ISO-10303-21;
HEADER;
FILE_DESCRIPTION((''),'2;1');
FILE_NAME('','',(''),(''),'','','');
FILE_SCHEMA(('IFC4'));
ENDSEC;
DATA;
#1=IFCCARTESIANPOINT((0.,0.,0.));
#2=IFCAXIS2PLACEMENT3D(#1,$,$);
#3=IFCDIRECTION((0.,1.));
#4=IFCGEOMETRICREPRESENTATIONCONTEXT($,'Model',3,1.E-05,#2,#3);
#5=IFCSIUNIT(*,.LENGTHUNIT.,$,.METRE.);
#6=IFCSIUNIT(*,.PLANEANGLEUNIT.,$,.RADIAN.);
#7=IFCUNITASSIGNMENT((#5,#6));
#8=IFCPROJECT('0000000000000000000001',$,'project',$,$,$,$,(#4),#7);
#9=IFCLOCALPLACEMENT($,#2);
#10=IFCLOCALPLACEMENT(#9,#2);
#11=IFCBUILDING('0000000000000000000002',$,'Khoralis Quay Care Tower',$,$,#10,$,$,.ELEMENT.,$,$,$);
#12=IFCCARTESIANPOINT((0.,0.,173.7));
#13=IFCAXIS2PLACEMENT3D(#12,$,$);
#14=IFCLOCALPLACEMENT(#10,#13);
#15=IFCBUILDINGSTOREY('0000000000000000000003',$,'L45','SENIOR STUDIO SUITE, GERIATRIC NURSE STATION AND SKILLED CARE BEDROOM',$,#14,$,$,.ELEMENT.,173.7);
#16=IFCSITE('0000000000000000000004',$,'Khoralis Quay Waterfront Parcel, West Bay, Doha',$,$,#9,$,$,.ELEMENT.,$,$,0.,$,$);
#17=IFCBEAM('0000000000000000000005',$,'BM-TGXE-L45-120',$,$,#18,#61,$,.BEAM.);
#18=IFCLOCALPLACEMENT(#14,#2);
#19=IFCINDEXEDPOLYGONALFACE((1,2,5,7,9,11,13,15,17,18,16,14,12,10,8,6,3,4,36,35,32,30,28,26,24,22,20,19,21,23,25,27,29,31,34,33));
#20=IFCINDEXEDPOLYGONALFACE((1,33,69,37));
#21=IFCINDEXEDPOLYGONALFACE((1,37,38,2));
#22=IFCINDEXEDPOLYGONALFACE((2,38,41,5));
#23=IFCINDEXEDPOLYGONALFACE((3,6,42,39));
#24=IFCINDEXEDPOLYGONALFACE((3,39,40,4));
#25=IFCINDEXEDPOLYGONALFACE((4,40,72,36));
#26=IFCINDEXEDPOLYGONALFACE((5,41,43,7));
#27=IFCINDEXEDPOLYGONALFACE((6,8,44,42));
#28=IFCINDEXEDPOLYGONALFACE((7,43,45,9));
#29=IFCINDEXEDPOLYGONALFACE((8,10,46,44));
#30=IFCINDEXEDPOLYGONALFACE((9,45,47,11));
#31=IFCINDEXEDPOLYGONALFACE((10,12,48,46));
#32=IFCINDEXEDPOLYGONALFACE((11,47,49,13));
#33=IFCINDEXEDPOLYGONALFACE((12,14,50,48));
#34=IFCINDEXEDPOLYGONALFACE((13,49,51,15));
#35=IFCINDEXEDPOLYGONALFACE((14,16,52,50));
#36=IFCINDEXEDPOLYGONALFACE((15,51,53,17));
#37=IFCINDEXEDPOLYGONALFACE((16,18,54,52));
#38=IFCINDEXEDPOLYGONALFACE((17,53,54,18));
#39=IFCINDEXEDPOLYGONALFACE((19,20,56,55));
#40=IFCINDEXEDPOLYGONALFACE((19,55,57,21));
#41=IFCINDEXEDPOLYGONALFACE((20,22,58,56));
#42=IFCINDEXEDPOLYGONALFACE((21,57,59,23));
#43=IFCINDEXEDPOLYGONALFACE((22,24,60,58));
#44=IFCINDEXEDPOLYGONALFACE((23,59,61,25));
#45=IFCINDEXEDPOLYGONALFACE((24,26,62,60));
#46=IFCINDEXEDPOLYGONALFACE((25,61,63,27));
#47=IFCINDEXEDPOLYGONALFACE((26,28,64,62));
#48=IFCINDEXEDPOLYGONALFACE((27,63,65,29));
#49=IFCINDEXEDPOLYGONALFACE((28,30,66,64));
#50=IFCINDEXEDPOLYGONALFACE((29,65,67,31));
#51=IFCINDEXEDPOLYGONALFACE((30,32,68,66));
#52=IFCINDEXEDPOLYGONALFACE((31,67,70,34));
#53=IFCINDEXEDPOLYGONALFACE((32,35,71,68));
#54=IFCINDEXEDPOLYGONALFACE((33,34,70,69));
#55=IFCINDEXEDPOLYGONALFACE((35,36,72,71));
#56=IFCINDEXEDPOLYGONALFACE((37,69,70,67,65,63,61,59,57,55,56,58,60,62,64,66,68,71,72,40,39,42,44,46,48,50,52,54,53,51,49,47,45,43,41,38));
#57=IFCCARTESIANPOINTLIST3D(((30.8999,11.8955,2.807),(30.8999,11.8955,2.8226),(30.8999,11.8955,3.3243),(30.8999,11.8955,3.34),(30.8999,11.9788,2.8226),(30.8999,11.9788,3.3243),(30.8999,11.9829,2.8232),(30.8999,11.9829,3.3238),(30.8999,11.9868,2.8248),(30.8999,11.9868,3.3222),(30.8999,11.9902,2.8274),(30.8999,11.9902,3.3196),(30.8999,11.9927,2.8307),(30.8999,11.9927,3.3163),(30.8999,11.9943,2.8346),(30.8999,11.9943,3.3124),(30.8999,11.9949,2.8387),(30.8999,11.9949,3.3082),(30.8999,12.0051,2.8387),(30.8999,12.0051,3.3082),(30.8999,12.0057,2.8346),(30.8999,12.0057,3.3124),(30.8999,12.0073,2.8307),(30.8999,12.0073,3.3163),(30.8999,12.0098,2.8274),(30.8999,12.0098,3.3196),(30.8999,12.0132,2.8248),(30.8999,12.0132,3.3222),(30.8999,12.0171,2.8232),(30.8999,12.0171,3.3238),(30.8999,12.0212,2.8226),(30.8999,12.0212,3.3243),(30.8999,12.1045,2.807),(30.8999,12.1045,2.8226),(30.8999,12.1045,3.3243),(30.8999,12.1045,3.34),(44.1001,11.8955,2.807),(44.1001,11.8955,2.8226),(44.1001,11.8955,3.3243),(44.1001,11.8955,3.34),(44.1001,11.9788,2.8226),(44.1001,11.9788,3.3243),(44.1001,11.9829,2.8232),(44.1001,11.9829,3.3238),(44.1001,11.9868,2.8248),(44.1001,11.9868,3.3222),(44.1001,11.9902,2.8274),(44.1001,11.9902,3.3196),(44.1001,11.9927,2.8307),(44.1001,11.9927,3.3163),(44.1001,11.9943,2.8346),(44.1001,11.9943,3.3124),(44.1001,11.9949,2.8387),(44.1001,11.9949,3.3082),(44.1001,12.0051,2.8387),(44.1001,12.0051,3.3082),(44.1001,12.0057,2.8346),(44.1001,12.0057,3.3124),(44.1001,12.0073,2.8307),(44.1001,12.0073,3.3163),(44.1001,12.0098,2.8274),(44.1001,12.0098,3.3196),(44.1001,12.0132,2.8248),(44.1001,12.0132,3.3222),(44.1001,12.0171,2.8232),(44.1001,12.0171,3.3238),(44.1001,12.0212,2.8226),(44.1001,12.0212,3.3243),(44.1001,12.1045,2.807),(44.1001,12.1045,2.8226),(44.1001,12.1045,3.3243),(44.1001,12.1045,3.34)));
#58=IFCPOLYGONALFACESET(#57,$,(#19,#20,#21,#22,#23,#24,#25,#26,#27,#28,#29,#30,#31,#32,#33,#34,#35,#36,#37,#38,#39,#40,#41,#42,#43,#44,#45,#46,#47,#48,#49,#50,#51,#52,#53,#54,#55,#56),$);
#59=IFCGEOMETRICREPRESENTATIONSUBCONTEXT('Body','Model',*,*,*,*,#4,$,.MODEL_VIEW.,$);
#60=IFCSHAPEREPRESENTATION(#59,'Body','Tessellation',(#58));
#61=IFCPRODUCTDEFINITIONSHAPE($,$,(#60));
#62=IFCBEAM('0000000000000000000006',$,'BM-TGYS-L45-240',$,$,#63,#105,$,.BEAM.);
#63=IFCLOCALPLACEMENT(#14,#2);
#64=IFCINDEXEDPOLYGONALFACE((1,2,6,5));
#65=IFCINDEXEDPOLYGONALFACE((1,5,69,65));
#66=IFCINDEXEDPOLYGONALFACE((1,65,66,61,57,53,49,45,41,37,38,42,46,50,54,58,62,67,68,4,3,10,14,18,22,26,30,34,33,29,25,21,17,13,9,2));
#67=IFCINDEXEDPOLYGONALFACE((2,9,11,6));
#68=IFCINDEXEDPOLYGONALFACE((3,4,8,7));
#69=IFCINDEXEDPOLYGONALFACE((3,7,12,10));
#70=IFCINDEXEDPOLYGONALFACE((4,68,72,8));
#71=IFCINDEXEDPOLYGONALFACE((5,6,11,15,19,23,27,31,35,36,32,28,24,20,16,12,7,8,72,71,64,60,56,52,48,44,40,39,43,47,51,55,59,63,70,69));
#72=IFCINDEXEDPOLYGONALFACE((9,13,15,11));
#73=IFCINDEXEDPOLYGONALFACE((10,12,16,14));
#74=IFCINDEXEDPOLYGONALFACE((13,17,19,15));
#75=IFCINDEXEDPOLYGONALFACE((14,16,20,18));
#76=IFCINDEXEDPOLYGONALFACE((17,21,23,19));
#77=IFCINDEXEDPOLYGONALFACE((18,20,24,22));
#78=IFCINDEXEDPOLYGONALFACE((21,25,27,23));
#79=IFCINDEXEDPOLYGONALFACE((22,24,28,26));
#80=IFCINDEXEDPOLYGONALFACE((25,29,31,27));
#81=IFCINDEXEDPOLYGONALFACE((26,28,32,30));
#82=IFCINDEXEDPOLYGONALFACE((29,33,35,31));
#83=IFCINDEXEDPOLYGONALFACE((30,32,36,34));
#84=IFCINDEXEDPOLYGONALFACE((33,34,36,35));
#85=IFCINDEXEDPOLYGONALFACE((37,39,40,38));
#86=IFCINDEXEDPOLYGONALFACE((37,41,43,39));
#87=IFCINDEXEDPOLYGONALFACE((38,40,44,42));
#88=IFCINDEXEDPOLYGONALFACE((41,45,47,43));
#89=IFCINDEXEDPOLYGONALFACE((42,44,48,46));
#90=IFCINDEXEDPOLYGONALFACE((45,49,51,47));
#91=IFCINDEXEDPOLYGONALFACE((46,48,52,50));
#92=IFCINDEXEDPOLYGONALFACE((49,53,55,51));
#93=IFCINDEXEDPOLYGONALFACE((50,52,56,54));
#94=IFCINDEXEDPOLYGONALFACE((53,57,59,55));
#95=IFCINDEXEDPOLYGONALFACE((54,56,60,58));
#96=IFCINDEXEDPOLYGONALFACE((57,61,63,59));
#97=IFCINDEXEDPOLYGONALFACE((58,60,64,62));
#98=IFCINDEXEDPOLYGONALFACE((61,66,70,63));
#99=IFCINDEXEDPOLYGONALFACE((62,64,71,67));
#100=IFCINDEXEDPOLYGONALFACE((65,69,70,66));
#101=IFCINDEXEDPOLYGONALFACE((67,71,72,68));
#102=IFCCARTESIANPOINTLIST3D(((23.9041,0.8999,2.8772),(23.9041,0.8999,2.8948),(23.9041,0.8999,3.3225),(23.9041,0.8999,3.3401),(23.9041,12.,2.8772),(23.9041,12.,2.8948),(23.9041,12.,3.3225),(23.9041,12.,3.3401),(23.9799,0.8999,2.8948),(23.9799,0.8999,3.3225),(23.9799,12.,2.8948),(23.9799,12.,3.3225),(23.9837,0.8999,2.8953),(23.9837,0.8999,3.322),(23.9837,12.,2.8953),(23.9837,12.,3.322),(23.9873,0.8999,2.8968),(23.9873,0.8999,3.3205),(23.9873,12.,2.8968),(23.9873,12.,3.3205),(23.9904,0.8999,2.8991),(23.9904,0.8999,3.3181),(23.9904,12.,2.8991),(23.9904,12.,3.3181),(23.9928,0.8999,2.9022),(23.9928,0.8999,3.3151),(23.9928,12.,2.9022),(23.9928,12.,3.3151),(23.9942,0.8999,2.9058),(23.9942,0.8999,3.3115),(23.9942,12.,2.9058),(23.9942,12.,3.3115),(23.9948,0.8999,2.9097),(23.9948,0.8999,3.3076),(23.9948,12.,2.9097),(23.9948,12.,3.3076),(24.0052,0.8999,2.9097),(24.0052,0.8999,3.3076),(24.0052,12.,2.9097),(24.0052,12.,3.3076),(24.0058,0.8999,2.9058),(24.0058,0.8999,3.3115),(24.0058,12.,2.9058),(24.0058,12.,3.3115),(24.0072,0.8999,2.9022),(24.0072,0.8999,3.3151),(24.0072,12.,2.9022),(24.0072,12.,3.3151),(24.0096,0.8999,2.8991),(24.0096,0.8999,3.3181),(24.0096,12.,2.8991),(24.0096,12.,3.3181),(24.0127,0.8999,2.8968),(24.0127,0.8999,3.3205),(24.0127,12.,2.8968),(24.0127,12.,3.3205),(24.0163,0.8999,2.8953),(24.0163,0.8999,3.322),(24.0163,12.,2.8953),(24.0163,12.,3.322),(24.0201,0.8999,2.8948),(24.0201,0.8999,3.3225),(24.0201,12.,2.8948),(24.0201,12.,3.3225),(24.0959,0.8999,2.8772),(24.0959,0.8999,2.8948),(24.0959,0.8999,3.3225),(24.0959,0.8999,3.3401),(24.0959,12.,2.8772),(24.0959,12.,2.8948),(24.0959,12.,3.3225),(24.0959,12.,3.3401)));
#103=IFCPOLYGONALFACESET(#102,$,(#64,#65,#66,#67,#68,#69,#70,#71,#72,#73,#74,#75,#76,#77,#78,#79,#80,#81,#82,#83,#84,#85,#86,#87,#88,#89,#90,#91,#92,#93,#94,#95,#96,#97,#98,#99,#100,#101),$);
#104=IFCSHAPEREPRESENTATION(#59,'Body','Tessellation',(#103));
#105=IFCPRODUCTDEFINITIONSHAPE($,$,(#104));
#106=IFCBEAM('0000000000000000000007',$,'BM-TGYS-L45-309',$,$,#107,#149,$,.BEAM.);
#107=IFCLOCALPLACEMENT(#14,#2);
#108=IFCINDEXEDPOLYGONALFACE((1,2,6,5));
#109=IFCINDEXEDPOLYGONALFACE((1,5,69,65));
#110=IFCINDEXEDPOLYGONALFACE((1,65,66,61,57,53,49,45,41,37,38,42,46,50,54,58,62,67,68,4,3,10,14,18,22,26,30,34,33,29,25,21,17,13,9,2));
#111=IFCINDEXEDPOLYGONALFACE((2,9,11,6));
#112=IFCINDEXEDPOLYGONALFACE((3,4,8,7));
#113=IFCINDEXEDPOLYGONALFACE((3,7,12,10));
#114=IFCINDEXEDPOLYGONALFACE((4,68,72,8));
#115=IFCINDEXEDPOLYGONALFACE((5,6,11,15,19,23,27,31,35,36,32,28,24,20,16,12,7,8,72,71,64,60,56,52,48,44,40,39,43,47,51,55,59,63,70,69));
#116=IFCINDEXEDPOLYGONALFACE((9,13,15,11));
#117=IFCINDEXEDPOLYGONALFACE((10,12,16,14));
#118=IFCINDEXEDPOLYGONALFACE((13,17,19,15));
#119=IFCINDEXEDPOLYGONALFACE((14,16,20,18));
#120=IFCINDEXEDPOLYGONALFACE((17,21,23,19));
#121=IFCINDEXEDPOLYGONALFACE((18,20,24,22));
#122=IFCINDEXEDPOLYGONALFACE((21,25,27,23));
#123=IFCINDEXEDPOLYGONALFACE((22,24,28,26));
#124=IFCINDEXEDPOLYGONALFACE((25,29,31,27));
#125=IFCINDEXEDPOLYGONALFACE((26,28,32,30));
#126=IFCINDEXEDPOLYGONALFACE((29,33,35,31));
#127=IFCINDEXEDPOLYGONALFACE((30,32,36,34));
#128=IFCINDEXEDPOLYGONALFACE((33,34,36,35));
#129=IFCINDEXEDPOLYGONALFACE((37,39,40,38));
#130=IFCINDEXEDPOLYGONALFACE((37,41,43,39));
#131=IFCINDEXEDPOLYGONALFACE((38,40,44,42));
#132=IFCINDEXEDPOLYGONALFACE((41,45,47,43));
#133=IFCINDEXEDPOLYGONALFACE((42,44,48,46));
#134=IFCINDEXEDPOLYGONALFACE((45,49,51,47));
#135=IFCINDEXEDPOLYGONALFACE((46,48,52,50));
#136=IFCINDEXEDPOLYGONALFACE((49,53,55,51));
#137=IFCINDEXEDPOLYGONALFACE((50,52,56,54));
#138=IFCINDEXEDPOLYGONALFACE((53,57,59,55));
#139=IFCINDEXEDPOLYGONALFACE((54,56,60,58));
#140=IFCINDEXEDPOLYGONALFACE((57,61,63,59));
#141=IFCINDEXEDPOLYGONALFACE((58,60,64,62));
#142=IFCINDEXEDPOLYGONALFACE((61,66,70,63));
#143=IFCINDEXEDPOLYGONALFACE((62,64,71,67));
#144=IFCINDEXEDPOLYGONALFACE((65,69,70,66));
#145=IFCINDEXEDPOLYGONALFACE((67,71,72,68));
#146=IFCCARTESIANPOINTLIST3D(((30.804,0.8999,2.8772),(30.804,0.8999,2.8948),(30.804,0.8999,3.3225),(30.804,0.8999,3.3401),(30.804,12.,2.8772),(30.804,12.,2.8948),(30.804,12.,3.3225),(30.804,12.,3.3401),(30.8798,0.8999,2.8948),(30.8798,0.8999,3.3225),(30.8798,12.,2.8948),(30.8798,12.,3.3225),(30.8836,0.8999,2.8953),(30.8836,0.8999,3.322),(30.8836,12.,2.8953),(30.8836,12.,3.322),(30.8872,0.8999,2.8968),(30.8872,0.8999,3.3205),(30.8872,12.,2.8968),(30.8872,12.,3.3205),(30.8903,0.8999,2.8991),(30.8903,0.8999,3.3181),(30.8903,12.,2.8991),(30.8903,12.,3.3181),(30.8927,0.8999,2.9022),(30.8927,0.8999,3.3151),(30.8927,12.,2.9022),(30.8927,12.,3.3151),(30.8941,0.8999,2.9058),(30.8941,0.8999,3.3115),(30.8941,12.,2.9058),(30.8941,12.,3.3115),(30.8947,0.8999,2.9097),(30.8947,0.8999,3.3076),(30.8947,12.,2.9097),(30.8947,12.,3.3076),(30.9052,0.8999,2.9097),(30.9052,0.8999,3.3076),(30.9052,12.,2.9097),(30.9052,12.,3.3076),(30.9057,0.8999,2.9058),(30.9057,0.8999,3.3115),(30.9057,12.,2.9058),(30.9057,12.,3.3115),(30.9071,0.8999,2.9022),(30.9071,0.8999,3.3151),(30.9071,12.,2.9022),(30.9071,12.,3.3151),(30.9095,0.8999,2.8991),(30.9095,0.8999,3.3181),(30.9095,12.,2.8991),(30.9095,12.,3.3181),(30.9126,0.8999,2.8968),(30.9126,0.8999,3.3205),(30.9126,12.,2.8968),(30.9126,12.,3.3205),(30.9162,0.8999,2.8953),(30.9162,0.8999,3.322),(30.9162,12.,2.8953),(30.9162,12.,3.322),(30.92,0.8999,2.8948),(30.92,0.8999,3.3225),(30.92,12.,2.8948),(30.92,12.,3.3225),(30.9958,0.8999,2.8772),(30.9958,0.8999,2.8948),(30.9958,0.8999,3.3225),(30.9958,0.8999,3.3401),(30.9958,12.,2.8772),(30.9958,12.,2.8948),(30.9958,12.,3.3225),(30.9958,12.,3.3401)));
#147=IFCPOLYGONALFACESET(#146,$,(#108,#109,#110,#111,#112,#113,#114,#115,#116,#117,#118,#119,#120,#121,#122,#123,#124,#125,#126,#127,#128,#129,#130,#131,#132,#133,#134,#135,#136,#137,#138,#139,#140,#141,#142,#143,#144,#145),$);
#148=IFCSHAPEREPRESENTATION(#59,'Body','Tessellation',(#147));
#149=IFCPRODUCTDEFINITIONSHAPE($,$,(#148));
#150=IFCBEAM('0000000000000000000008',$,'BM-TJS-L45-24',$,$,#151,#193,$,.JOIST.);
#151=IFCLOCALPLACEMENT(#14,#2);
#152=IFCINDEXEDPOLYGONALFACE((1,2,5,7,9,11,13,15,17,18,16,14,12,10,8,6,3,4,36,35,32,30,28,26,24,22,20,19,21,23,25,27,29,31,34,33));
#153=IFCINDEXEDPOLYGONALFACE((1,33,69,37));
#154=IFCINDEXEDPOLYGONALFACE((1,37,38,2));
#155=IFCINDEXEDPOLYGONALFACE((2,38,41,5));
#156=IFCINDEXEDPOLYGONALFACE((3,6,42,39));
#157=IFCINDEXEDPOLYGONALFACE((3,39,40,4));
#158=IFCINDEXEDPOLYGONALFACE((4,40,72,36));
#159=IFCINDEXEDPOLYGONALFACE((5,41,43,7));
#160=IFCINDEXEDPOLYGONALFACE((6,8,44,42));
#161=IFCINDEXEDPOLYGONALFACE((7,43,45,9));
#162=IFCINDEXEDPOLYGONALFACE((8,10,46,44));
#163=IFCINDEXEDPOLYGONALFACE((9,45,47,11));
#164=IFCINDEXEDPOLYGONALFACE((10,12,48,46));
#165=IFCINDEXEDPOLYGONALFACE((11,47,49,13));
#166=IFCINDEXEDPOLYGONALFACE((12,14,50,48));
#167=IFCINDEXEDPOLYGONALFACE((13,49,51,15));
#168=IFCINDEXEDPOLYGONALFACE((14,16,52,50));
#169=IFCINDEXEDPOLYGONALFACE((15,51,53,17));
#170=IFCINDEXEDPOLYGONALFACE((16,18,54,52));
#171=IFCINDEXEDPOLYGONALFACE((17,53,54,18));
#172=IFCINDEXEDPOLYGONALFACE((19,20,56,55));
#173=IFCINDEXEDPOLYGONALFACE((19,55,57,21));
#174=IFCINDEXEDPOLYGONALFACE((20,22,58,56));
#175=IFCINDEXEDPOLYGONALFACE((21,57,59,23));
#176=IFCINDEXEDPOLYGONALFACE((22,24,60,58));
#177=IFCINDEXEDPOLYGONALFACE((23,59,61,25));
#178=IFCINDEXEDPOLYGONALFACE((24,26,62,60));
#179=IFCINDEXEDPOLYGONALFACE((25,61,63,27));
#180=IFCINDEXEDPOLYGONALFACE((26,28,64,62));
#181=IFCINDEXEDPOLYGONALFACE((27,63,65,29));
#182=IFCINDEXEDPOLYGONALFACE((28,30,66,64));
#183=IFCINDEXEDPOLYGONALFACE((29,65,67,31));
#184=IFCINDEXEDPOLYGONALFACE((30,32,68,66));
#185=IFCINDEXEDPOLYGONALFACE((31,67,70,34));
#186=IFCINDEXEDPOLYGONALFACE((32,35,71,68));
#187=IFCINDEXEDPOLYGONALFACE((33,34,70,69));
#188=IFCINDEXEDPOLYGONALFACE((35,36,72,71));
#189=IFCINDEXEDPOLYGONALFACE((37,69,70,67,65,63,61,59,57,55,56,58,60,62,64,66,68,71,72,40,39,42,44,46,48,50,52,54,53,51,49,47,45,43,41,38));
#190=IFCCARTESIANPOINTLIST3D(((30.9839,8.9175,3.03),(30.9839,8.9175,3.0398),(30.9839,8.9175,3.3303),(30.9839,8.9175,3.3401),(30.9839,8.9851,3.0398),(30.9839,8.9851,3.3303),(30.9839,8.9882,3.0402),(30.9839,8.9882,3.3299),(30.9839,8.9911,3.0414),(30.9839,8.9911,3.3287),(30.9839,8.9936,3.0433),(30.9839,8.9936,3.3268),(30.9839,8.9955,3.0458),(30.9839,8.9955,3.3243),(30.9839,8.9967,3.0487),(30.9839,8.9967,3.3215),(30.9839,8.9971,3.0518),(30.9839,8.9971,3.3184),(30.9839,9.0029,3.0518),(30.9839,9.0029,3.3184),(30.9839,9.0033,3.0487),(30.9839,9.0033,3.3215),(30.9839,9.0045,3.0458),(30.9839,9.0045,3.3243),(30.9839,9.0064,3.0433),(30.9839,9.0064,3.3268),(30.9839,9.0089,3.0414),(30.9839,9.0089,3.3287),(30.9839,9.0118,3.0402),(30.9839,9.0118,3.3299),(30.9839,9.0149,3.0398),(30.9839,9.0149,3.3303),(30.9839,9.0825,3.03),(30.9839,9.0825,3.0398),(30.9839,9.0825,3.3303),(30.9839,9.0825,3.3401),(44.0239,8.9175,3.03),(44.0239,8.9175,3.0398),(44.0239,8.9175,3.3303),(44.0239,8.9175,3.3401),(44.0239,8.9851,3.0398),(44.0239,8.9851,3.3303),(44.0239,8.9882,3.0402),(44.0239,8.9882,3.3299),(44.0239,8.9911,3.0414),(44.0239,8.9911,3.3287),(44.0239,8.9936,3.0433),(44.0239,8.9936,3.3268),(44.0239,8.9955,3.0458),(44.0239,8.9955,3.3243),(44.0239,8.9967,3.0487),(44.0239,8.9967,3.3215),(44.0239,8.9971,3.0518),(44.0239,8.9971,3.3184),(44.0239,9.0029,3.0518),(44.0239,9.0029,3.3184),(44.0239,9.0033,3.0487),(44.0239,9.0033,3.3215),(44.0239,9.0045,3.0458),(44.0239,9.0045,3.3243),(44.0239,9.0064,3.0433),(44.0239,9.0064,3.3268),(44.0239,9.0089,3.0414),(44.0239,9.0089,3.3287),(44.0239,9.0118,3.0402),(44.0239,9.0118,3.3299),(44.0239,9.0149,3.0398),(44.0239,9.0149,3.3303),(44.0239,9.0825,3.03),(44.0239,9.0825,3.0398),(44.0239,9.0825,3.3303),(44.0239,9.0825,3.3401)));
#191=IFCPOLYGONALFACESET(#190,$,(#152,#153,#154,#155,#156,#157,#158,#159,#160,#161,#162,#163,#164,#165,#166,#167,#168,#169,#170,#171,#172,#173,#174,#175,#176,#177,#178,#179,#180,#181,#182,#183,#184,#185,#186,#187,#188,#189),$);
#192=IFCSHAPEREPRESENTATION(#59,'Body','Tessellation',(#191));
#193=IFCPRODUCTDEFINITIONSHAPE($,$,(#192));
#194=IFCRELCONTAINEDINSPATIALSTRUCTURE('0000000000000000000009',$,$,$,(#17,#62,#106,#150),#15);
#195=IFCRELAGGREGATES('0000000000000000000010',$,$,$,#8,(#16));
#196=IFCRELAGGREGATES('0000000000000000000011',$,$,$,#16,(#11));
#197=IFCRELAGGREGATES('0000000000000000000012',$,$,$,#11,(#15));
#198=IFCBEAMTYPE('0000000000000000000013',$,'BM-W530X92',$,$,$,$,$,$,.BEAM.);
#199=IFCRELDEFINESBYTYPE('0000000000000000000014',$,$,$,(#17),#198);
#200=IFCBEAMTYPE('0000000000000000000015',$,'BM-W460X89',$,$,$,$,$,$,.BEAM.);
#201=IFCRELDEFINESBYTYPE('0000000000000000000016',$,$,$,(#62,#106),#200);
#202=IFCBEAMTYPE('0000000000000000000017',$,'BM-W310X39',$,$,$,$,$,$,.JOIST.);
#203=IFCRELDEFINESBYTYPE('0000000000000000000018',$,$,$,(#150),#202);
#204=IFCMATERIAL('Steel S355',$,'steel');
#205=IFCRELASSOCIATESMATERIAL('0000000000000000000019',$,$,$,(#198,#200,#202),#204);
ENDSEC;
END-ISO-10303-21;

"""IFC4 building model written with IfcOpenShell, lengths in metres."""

from ifc_helpers import new_model, si_unit, direction, frame, origin, origin_2d, place, context, subcontext, project, spatial, i_section, extrude, source, transform, mapped, material, material_profile, profile_set, type_object, element, save


model = new_model("IFC4")

# Units and contexts
model_context = context("Model", 3, precision=1e-05, world=origin(), true_north=direction((0.0, 1.0)))
body_context = subcontext(model_context, "Body", "Model", "MODEL_VIEW")
ifc_project = project(units=[si_unit("LENGTHUNIT", "METRE"), si_unit("PLANEANGLEUNIT", "RADIAN")], contexts=[model_context])

# Site, building, storey
site_placement = place(None, origin())
site = spatial("IfcSite", under=ifc_project, at=site_placement, Name="Khoralis Quay Waterfront Parcel, West Bay, Doha", CompositionType="ELEMENT", RefElevation=0.0)
building_placement = place(site_placement, origin())
building = spatial("IfcBuilding", under=site, at=building_placement, Name="Khoralis Quay Care Tower", CompositionType="ELEMENT")
storey_placement = place(building_placement, frame((0.0, 0.0, 173.7)))
storey = spatial("IfcBuildingStorey", under=building, at=storey_placement, Name="L45", Description="SENIOR STUDIO SUITE, GERIATRIC NURSE STATION AND SKILLED CARE BEDROOM", CompositionType="ELEMENT", Elevation=173.7)

# Beams
ifc_material_1 = material(Name="Steel S355", Category="steel")
ifc_material_profile_1 = material_profile(ifc_material_1, i_section(OverallWidth=0.209, OverallDepth=0.533, WebThickness=0.0103, FlangeThickness=0.0156, FilletRadius=0.0161, at=origin_2d()), Name="Steel S355")
ifc_profile_set_1 = profile_set([ifc_material_profile_1], Name="Steel S355")
beam_type_1 = type_object("IfcBeamType", Name="BM-W530X92", PredefinedType="BEAM", material=ifc_profile_set_1)
shared_shape_1 = source(origin(), body_context, "Body", "SweptSolid", [
    extrude(i_section(OverallWidth=0.209, OverallDepth=0.533, WebThickness=0.0103, FlangeThickness=0.0156, FilletRadius=0.0161, at=origin_2d()), origin(), (0.0, 0.0, 1.0), 13.2002),
])
beam_1_placement = place(storey_placement, frame((30.8999, 12.0, 3.0735), z_axis=(1.0, 0.0, 0.0), x_axis=(0.0, 1.0, 0.0)))
element("IfcBeam", 1, at=beam_1_placement, inside=storey, type_object=beam_type_1, Name="BM-TGXE-L45-120", PredefinedType="BEAM", context=body_context, shape_type="MappedRepresentation", body=[
    mapped(shared_shape_1, transform((0.0, 0.0, 0.0), scale=1.0)),
])
ifc_material_profile_2 = material_profile(ifc_material_1, i_section(OverallWidth=0.1919, OverallDepth=0.4629, WebThickness=0.0105, FlangeThickness=0.0176, FilletRadius=0.0149, at=origin_2d()), Name="Steel S355")
ifc_profile_set_2 = profile_set([ifc_material_profile_2], Name="Steel S355")
beam_type_2 = type_object("IfcBeamType", Name="BM-W460X89", PredefinedType="BEAM", material=ifc_profile_set_2)
shared_shape_2 = source(origin(), body_context, "Body", "SweptSolid", [
    extrude(i_section(OverallWidth=0.1919, OverallDepth=0.4629, WebThickness=0.0105, FlangeThickness=0.0176, FilletRadius=0.0149, at=origin_2d()), origin(), (0.0, 0.0, 1.0), 11.1001),
])
for number, where, z_axis, x_axis, name in (
    (2, (24.0, 0.8999, 3.1086), (0.0, 1.0, 0.0), (-1.0, 0.0, 0.0), "BM-TGYS-L45-240"),
    (3, (30.8999, 0.8999, 3.1086), (0.0, 1.0, 0.0), (-1.0, 0.0, 0.0), "BM-TGYS-L45-309"),
):
    element("IfcBeam", number, at=place(storey_placement, frame(where, z_axis=z_axis, x_axis=x_axis)), inside=storey, type_object=beam_type_2, Name=name, PredefinedType="BEAM", context=body_context, shape_type="MappedRepresentation", body=[
        mapped(shared_shape_2, transform((0.0, 0.0, 0.0), scale=1.0)),
    ])
ifc_material_profile_3 = material_profile(ifc_material_1, i_section(OverallWidth=0.165, OverallDepth=0.3101, WebThickness=0.0059, FlangeThickness=0.0098, FilletRadius=0.012, at=origin_2d()), Name="Steel S355")
ifc_profile_set_3 = profile_set([ifc_material_profile_3], Name="Steel S355")
beam_type_3 = type_object("IfcBeamType", Name="BM-W310X39", PredefinedType="JOIST", material=ifc_profile_set_3)
shared_shape_3 = source(origin(), body_context, "Body", "SweptSolid", [
    extrude(i_section(OverallWidth=0.165, OverallDepth=0.3101, WebThickness=0.0059, FlangeThickness=0.0098, FilletRadius=0.012, at=origin_2d()), origin(), (0.0, 0.0, 1.0), 13.04),
])
beam_2_placement = place(storey_placement, frame((30.9839, 9.0, 3.1851), z_axis=(1.0, 0.0, 0.0), x_axis=(0.0, 1.0, 0.0)))
element("IfcBeam", 4, at=beam_2_placement, inside=storey, type_object=beam_type_3, Name="BM-TJS-L45-24", PredefinedType="JOIST", context=body_context, shape_type="MappedRepresentation", body=[
    mapped(shared_shape_3, transform((0.0, 0.0, 0.0), scale=1.0)),
])

save(model, "model.ifc")
